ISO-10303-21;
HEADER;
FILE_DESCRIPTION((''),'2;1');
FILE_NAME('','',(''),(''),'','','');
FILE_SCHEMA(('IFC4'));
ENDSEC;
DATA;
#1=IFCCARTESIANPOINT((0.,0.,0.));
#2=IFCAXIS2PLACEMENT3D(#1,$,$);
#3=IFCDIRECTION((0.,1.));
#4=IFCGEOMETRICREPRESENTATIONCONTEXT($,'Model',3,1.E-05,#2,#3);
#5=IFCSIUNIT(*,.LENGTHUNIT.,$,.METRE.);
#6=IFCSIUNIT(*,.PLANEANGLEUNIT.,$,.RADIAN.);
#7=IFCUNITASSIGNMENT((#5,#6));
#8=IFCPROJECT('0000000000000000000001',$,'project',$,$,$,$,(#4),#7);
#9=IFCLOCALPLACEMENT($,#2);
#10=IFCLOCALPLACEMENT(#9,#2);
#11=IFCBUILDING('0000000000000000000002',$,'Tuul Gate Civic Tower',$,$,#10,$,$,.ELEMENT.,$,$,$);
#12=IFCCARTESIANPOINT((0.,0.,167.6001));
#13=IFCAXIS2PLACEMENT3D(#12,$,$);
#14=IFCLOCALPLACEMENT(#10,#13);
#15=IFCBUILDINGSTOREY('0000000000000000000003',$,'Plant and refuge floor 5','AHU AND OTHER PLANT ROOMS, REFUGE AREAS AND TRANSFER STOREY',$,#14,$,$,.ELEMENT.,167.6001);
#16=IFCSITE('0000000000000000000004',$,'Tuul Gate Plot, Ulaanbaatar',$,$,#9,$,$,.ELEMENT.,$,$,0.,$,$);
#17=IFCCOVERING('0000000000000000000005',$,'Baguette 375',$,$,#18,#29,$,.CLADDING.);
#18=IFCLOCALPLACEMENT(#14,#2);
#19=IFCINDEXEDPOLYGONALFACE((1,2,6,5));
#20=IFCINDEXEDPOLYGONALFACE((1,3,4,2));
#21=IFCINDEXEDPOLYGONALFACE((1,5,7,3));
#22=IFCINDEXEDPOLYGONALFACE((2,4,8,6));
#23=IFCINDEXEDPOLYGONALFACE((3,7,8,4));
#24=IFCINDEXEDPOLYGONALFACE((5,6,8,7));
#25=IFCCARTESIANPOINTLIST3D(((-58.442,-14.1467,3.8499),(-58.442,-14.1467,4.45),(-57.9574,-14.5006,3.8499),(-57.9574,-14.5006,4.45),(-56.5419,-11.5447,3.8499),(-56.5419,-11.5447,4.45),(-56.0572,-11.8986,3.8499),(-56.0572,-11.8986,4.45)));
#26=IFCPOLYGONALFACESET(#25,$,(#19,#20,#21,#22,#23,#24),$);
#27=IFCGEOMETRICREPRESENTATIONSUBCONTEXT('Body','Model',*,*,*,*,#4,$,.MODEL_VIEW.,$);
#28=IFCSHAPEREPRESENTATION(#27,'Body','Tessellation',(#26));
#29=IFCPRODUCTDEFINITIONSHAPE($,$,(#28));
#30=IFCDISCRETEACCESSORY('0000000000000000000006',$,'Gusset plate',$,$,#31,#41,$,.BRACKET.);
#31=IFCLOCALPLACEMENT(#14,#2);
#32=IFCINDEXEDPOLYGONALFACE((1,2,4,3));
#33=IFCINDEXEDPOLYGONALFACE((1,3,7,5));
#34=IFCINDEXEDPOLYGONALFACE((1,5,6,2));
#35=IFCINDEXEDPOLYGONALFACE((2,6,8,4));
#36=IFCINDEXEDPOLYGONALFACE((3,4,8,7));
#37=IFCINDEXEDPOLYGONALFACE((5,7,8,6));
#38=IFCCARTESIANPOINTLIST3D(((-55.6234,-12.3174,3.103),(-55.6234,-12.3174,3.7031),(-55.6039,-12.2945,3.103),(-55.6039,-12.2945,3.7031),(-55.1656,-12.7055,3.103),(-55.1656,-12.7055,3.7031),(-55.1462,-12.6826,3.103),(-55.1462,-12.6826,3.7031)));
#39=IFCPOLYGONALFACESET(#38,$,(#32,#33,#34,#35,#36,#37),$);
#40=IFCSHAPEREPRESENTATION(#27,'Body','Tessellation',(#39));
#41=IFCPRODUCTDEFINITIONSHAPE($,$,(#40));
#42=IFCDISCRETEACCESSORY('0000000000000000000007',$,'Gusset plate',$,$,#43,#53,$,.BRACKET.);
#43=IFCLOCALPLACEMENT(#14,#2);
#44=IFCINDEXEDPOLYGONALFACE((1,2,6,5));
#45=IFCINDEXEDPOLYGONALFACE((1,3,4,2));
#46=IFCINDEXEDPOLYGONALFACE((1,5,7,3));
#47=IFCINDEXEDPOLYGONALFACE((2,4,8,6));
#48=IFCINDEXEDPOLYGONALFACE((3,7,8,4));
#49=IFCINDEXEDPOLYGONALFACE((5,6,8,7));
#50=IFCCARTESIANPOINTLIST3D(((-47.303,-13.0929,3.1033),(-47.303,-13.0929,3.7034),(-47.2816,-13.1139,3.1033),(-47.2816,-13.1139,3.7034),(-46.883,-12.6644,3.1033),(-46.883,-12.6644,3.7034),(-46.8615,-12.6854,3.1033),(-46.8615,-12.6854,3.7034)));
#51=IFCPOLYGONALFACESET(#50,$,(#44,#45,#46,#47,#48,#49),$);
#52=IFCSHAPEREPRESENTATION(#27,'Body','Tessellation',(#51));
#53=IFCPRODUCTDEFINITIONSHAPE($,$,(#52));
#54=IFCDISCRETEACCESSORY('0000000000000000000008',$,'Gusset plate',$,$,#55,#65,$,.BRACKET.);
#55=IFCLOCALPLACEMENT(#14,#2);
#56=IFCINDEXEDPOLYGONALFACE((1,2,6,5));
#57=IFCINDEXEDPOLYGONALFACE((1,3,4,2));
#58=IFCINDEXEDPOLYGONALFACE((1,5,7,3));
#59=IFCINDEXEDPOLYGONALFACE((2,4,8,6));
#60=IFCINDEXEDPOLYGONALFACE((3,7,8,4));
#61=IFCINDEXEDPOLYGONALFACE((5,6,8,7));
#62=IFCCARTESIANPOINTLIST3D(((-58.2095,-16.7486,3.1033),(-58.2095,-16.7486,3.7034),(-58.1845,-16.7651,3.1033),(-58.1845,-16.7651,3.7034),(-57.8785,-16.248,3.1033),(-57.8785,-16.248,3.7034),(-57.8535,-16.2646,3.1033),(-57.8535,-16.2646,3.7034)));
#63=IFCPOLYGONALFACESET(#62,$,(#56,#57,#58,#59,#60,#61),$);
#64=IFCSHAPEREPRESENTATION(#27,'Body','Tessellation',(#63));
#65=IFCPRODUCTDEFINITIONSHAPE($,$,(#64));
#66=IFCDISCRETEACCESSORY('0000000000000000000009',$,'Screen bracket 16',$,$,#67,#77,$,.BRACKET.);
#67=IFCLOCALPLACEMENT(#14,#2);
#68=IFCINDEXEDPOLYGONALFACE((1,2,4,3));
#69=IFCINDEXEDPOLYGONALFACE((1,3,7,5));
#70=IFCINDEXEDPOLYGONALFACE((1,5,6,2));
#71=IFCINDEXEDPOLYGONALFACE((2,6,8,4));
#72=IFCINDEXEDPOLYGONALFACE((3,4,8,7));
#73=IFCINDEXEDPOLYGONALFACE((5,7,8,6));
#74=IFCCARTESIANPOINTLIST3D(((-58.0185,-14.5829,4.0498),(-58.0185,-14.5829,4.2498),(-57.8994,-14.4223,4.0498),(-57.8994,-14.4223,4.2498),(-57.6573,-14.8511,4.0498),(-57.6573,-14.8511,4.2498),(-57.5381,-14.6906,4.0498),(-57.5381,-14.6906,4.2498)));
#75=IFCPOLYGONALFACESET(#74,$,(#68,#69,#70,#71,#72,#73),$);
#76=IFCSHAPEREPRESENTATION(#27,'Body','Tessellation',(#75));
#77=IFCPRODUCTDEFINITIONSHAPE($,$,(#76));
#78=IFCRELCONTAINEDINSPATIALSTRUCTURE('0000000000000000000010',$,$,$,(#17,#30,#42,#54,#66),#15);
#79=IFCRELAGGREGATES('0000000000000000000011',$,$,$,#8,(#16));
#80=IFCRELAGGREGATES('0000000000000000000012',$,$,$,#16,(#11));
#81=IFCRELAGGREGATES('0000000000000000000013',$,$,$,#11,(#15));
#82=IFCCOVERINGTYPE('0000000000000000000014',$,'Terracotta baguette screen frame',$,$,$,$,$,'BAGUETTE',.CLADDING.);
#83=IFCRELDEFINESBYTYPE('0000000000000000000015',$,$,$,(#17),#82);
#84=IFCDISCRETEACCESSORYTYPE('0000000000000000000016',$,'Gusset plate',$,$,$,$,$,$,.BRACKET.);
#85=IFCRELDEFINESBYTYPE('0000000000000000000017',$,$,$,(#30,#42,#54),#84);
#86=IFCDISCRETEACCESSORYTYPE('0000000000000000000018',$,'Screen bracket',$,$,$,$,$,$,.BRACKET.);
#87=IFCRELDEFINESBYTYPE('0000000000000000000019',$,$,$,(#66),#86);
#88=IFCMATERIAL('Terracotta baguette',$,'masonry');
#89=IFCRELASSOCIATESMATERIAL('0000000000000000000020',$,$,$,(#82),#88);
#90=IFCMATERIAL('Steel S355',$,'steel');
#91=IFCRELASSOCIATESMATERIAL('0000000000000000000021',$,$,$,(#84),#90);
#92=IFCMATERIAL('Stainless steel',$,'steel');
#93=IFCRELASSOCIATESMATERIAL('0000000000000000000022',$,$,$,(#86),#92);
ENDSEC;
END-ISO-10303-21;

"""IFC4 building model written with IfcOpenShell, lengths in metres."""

from ifc_helpers import new_model, si_unit, direction, frame, origin, origin_2d, place, context, subcontext, project, spatial, rectangle, extrude, material, material_profile, profile_set, type_object, element, save


model = new_model("IFC4")

# Units and contexts
model_context = context("Model", 3, precision=1e-05, world=origin(), true_north=direction((0.0, 1.0)))
body_context = subcontext(model_context, "Body", "Model", "MODEL_VIEW")
ifc_project = project(units=[si_unit("LENGTHUNIT", "METRE"), si_unit("PLANEANGLEUNIT", "RADIAN")], contexts=[model_context])

# Site, building, storey
site_placement = place(None, origin())
site = spatial("IfcSite", under=ifc_project, at=site_placement, Name="Tuul Gate Plot, Ulaanbaatar", CompositionType="ELEMENT", RefElevation=0.0)
building_placement = place(site_placement, origin())
building = spatial("IfcBuilding", under=site, at=building_placement, Name="Tuul Gate Civic Tower", CompositionType="ELEMENT")
storey_placement = place(building_placement, frame((0.0, 0.0, 167.6001)))
storey = spatial("IfcBuildingStorey", under=building, at=storey_placement, Name="Plant and refuge floor 5", Description="AHU AND OTHER PLANT ROOMS, REFUGE AREAS AND TRANSFER STOREY", CompositionType="ELEMENT", Elevation=167.6001)

# Covering
ifc_material_1 = material(Name="Terracotta baguette", Category="masonry")
ifc_material_profile_1 = material_profile(ifc_material_1, rectangle(XDim=0.6001, YDim=0.6001, at=origin_2d()), Name="Terracotta baguette screen frame")
ifc_profile_set_1 = profile_set([ifc_material_profile_1], Name="Terracotta baguette")
covering_type = type_object("IfcCoveringType", Name="Terracotta baguette screen frame", ElementType="BAGUETTE", PredefinedType="CLADDING", material=ifc_profile_set_1)
covering_1_placement = place(storey_placement, frame((-56.2996, -11.7217, 4.1499), z_axis=(-0.589743, -0.807591, 0.0), x_axis=(0.807591, -0.589743, 0.0)))
element("IfcCovering", 1, at=covering_1_placement, inside=storey, type_object=covering_type, Name="Baguette 375", PredefinedType="CLADDING", context=body_context, shape_type="SweptSolid", body=[
    extrude(rectangle(XDim=0.6001, YDim=0.6001, at=origin_2d()), origin(), (0.0, 0.0, 1.0), 3.2219),
])

# Discrete accessories
ifc_material_2 = material(Name="Steel S355", Category="steel")
discrete_accessory_type_1 = type_object("IfcDiscreteAccessoryType", Name="Gusset plate", PredefinedType="BRACKET", material=ifc_material_2)
for number, where, z_axis, x_axis, name in (
    (2, (-55.3848, -12.5, 3.103), (0.0, 0.0, 1.0), (0.762825, -0.646605, 0.0), "Gusset plate"),
    (3, (-47.0823, -12.8892, 3.1033), (0.0, 0.0, 1.0), (0.7, 0.714143, 0.0), "Gusset plate"),
    (4, (-58.0315, -16.5066, 3.1033), (0.0, 0.0, 1.0), (0.551598, 0.83411, 0.0), "Gusset plate"),
):
    element("IfcDiscreteAccessory", number, at=place(storey_placement, frame(where, z_axis=z_axis, x_axis=x_axis)), inside=storey, type_object=discrete_accessory_type_1, Name=name, PredefinedType="BRACKET", context=body_context, shape_type="SweptSolid", body=[
        extrude(rectangle(XDim=0.6001, YDim=0.03, at=origin_2d()), origin(), (0.0, 0.0, 1.0), 0.6001),
    ])
ifc_material_3 = material(Name="Stainless steel", Category="steel")
discrete_accessory_type_2 = type_object("IfcDiscreteAccessoryType", Name="Screen bracket", PredefinedType="BRACKET", material=ifc_material_3)
discrete_accessory_placement = place(storey_placement, frame((-57.7783, -14.6367, 4.0498), z_axis=(0.0, 0.0, 1.0), x_axis=(-0.802893, 0.596123, 0.0)))
element("IfcDiscreteAccessory", 5, at=discrete_accessory_placement, inside=storey, type_object=discrete_accessory_type_2, Name="Screen bracket 16", PredefinedType="BRACKET", context=body_context, shape_type="SweptSolid", body=[
    extrude(rectangle(XDim=0.45, YDim=0.2, at=origin_2d()), origin(), (0.0, 0.0, 1.0), 0.2),
])

save(model, "model.ifc")
